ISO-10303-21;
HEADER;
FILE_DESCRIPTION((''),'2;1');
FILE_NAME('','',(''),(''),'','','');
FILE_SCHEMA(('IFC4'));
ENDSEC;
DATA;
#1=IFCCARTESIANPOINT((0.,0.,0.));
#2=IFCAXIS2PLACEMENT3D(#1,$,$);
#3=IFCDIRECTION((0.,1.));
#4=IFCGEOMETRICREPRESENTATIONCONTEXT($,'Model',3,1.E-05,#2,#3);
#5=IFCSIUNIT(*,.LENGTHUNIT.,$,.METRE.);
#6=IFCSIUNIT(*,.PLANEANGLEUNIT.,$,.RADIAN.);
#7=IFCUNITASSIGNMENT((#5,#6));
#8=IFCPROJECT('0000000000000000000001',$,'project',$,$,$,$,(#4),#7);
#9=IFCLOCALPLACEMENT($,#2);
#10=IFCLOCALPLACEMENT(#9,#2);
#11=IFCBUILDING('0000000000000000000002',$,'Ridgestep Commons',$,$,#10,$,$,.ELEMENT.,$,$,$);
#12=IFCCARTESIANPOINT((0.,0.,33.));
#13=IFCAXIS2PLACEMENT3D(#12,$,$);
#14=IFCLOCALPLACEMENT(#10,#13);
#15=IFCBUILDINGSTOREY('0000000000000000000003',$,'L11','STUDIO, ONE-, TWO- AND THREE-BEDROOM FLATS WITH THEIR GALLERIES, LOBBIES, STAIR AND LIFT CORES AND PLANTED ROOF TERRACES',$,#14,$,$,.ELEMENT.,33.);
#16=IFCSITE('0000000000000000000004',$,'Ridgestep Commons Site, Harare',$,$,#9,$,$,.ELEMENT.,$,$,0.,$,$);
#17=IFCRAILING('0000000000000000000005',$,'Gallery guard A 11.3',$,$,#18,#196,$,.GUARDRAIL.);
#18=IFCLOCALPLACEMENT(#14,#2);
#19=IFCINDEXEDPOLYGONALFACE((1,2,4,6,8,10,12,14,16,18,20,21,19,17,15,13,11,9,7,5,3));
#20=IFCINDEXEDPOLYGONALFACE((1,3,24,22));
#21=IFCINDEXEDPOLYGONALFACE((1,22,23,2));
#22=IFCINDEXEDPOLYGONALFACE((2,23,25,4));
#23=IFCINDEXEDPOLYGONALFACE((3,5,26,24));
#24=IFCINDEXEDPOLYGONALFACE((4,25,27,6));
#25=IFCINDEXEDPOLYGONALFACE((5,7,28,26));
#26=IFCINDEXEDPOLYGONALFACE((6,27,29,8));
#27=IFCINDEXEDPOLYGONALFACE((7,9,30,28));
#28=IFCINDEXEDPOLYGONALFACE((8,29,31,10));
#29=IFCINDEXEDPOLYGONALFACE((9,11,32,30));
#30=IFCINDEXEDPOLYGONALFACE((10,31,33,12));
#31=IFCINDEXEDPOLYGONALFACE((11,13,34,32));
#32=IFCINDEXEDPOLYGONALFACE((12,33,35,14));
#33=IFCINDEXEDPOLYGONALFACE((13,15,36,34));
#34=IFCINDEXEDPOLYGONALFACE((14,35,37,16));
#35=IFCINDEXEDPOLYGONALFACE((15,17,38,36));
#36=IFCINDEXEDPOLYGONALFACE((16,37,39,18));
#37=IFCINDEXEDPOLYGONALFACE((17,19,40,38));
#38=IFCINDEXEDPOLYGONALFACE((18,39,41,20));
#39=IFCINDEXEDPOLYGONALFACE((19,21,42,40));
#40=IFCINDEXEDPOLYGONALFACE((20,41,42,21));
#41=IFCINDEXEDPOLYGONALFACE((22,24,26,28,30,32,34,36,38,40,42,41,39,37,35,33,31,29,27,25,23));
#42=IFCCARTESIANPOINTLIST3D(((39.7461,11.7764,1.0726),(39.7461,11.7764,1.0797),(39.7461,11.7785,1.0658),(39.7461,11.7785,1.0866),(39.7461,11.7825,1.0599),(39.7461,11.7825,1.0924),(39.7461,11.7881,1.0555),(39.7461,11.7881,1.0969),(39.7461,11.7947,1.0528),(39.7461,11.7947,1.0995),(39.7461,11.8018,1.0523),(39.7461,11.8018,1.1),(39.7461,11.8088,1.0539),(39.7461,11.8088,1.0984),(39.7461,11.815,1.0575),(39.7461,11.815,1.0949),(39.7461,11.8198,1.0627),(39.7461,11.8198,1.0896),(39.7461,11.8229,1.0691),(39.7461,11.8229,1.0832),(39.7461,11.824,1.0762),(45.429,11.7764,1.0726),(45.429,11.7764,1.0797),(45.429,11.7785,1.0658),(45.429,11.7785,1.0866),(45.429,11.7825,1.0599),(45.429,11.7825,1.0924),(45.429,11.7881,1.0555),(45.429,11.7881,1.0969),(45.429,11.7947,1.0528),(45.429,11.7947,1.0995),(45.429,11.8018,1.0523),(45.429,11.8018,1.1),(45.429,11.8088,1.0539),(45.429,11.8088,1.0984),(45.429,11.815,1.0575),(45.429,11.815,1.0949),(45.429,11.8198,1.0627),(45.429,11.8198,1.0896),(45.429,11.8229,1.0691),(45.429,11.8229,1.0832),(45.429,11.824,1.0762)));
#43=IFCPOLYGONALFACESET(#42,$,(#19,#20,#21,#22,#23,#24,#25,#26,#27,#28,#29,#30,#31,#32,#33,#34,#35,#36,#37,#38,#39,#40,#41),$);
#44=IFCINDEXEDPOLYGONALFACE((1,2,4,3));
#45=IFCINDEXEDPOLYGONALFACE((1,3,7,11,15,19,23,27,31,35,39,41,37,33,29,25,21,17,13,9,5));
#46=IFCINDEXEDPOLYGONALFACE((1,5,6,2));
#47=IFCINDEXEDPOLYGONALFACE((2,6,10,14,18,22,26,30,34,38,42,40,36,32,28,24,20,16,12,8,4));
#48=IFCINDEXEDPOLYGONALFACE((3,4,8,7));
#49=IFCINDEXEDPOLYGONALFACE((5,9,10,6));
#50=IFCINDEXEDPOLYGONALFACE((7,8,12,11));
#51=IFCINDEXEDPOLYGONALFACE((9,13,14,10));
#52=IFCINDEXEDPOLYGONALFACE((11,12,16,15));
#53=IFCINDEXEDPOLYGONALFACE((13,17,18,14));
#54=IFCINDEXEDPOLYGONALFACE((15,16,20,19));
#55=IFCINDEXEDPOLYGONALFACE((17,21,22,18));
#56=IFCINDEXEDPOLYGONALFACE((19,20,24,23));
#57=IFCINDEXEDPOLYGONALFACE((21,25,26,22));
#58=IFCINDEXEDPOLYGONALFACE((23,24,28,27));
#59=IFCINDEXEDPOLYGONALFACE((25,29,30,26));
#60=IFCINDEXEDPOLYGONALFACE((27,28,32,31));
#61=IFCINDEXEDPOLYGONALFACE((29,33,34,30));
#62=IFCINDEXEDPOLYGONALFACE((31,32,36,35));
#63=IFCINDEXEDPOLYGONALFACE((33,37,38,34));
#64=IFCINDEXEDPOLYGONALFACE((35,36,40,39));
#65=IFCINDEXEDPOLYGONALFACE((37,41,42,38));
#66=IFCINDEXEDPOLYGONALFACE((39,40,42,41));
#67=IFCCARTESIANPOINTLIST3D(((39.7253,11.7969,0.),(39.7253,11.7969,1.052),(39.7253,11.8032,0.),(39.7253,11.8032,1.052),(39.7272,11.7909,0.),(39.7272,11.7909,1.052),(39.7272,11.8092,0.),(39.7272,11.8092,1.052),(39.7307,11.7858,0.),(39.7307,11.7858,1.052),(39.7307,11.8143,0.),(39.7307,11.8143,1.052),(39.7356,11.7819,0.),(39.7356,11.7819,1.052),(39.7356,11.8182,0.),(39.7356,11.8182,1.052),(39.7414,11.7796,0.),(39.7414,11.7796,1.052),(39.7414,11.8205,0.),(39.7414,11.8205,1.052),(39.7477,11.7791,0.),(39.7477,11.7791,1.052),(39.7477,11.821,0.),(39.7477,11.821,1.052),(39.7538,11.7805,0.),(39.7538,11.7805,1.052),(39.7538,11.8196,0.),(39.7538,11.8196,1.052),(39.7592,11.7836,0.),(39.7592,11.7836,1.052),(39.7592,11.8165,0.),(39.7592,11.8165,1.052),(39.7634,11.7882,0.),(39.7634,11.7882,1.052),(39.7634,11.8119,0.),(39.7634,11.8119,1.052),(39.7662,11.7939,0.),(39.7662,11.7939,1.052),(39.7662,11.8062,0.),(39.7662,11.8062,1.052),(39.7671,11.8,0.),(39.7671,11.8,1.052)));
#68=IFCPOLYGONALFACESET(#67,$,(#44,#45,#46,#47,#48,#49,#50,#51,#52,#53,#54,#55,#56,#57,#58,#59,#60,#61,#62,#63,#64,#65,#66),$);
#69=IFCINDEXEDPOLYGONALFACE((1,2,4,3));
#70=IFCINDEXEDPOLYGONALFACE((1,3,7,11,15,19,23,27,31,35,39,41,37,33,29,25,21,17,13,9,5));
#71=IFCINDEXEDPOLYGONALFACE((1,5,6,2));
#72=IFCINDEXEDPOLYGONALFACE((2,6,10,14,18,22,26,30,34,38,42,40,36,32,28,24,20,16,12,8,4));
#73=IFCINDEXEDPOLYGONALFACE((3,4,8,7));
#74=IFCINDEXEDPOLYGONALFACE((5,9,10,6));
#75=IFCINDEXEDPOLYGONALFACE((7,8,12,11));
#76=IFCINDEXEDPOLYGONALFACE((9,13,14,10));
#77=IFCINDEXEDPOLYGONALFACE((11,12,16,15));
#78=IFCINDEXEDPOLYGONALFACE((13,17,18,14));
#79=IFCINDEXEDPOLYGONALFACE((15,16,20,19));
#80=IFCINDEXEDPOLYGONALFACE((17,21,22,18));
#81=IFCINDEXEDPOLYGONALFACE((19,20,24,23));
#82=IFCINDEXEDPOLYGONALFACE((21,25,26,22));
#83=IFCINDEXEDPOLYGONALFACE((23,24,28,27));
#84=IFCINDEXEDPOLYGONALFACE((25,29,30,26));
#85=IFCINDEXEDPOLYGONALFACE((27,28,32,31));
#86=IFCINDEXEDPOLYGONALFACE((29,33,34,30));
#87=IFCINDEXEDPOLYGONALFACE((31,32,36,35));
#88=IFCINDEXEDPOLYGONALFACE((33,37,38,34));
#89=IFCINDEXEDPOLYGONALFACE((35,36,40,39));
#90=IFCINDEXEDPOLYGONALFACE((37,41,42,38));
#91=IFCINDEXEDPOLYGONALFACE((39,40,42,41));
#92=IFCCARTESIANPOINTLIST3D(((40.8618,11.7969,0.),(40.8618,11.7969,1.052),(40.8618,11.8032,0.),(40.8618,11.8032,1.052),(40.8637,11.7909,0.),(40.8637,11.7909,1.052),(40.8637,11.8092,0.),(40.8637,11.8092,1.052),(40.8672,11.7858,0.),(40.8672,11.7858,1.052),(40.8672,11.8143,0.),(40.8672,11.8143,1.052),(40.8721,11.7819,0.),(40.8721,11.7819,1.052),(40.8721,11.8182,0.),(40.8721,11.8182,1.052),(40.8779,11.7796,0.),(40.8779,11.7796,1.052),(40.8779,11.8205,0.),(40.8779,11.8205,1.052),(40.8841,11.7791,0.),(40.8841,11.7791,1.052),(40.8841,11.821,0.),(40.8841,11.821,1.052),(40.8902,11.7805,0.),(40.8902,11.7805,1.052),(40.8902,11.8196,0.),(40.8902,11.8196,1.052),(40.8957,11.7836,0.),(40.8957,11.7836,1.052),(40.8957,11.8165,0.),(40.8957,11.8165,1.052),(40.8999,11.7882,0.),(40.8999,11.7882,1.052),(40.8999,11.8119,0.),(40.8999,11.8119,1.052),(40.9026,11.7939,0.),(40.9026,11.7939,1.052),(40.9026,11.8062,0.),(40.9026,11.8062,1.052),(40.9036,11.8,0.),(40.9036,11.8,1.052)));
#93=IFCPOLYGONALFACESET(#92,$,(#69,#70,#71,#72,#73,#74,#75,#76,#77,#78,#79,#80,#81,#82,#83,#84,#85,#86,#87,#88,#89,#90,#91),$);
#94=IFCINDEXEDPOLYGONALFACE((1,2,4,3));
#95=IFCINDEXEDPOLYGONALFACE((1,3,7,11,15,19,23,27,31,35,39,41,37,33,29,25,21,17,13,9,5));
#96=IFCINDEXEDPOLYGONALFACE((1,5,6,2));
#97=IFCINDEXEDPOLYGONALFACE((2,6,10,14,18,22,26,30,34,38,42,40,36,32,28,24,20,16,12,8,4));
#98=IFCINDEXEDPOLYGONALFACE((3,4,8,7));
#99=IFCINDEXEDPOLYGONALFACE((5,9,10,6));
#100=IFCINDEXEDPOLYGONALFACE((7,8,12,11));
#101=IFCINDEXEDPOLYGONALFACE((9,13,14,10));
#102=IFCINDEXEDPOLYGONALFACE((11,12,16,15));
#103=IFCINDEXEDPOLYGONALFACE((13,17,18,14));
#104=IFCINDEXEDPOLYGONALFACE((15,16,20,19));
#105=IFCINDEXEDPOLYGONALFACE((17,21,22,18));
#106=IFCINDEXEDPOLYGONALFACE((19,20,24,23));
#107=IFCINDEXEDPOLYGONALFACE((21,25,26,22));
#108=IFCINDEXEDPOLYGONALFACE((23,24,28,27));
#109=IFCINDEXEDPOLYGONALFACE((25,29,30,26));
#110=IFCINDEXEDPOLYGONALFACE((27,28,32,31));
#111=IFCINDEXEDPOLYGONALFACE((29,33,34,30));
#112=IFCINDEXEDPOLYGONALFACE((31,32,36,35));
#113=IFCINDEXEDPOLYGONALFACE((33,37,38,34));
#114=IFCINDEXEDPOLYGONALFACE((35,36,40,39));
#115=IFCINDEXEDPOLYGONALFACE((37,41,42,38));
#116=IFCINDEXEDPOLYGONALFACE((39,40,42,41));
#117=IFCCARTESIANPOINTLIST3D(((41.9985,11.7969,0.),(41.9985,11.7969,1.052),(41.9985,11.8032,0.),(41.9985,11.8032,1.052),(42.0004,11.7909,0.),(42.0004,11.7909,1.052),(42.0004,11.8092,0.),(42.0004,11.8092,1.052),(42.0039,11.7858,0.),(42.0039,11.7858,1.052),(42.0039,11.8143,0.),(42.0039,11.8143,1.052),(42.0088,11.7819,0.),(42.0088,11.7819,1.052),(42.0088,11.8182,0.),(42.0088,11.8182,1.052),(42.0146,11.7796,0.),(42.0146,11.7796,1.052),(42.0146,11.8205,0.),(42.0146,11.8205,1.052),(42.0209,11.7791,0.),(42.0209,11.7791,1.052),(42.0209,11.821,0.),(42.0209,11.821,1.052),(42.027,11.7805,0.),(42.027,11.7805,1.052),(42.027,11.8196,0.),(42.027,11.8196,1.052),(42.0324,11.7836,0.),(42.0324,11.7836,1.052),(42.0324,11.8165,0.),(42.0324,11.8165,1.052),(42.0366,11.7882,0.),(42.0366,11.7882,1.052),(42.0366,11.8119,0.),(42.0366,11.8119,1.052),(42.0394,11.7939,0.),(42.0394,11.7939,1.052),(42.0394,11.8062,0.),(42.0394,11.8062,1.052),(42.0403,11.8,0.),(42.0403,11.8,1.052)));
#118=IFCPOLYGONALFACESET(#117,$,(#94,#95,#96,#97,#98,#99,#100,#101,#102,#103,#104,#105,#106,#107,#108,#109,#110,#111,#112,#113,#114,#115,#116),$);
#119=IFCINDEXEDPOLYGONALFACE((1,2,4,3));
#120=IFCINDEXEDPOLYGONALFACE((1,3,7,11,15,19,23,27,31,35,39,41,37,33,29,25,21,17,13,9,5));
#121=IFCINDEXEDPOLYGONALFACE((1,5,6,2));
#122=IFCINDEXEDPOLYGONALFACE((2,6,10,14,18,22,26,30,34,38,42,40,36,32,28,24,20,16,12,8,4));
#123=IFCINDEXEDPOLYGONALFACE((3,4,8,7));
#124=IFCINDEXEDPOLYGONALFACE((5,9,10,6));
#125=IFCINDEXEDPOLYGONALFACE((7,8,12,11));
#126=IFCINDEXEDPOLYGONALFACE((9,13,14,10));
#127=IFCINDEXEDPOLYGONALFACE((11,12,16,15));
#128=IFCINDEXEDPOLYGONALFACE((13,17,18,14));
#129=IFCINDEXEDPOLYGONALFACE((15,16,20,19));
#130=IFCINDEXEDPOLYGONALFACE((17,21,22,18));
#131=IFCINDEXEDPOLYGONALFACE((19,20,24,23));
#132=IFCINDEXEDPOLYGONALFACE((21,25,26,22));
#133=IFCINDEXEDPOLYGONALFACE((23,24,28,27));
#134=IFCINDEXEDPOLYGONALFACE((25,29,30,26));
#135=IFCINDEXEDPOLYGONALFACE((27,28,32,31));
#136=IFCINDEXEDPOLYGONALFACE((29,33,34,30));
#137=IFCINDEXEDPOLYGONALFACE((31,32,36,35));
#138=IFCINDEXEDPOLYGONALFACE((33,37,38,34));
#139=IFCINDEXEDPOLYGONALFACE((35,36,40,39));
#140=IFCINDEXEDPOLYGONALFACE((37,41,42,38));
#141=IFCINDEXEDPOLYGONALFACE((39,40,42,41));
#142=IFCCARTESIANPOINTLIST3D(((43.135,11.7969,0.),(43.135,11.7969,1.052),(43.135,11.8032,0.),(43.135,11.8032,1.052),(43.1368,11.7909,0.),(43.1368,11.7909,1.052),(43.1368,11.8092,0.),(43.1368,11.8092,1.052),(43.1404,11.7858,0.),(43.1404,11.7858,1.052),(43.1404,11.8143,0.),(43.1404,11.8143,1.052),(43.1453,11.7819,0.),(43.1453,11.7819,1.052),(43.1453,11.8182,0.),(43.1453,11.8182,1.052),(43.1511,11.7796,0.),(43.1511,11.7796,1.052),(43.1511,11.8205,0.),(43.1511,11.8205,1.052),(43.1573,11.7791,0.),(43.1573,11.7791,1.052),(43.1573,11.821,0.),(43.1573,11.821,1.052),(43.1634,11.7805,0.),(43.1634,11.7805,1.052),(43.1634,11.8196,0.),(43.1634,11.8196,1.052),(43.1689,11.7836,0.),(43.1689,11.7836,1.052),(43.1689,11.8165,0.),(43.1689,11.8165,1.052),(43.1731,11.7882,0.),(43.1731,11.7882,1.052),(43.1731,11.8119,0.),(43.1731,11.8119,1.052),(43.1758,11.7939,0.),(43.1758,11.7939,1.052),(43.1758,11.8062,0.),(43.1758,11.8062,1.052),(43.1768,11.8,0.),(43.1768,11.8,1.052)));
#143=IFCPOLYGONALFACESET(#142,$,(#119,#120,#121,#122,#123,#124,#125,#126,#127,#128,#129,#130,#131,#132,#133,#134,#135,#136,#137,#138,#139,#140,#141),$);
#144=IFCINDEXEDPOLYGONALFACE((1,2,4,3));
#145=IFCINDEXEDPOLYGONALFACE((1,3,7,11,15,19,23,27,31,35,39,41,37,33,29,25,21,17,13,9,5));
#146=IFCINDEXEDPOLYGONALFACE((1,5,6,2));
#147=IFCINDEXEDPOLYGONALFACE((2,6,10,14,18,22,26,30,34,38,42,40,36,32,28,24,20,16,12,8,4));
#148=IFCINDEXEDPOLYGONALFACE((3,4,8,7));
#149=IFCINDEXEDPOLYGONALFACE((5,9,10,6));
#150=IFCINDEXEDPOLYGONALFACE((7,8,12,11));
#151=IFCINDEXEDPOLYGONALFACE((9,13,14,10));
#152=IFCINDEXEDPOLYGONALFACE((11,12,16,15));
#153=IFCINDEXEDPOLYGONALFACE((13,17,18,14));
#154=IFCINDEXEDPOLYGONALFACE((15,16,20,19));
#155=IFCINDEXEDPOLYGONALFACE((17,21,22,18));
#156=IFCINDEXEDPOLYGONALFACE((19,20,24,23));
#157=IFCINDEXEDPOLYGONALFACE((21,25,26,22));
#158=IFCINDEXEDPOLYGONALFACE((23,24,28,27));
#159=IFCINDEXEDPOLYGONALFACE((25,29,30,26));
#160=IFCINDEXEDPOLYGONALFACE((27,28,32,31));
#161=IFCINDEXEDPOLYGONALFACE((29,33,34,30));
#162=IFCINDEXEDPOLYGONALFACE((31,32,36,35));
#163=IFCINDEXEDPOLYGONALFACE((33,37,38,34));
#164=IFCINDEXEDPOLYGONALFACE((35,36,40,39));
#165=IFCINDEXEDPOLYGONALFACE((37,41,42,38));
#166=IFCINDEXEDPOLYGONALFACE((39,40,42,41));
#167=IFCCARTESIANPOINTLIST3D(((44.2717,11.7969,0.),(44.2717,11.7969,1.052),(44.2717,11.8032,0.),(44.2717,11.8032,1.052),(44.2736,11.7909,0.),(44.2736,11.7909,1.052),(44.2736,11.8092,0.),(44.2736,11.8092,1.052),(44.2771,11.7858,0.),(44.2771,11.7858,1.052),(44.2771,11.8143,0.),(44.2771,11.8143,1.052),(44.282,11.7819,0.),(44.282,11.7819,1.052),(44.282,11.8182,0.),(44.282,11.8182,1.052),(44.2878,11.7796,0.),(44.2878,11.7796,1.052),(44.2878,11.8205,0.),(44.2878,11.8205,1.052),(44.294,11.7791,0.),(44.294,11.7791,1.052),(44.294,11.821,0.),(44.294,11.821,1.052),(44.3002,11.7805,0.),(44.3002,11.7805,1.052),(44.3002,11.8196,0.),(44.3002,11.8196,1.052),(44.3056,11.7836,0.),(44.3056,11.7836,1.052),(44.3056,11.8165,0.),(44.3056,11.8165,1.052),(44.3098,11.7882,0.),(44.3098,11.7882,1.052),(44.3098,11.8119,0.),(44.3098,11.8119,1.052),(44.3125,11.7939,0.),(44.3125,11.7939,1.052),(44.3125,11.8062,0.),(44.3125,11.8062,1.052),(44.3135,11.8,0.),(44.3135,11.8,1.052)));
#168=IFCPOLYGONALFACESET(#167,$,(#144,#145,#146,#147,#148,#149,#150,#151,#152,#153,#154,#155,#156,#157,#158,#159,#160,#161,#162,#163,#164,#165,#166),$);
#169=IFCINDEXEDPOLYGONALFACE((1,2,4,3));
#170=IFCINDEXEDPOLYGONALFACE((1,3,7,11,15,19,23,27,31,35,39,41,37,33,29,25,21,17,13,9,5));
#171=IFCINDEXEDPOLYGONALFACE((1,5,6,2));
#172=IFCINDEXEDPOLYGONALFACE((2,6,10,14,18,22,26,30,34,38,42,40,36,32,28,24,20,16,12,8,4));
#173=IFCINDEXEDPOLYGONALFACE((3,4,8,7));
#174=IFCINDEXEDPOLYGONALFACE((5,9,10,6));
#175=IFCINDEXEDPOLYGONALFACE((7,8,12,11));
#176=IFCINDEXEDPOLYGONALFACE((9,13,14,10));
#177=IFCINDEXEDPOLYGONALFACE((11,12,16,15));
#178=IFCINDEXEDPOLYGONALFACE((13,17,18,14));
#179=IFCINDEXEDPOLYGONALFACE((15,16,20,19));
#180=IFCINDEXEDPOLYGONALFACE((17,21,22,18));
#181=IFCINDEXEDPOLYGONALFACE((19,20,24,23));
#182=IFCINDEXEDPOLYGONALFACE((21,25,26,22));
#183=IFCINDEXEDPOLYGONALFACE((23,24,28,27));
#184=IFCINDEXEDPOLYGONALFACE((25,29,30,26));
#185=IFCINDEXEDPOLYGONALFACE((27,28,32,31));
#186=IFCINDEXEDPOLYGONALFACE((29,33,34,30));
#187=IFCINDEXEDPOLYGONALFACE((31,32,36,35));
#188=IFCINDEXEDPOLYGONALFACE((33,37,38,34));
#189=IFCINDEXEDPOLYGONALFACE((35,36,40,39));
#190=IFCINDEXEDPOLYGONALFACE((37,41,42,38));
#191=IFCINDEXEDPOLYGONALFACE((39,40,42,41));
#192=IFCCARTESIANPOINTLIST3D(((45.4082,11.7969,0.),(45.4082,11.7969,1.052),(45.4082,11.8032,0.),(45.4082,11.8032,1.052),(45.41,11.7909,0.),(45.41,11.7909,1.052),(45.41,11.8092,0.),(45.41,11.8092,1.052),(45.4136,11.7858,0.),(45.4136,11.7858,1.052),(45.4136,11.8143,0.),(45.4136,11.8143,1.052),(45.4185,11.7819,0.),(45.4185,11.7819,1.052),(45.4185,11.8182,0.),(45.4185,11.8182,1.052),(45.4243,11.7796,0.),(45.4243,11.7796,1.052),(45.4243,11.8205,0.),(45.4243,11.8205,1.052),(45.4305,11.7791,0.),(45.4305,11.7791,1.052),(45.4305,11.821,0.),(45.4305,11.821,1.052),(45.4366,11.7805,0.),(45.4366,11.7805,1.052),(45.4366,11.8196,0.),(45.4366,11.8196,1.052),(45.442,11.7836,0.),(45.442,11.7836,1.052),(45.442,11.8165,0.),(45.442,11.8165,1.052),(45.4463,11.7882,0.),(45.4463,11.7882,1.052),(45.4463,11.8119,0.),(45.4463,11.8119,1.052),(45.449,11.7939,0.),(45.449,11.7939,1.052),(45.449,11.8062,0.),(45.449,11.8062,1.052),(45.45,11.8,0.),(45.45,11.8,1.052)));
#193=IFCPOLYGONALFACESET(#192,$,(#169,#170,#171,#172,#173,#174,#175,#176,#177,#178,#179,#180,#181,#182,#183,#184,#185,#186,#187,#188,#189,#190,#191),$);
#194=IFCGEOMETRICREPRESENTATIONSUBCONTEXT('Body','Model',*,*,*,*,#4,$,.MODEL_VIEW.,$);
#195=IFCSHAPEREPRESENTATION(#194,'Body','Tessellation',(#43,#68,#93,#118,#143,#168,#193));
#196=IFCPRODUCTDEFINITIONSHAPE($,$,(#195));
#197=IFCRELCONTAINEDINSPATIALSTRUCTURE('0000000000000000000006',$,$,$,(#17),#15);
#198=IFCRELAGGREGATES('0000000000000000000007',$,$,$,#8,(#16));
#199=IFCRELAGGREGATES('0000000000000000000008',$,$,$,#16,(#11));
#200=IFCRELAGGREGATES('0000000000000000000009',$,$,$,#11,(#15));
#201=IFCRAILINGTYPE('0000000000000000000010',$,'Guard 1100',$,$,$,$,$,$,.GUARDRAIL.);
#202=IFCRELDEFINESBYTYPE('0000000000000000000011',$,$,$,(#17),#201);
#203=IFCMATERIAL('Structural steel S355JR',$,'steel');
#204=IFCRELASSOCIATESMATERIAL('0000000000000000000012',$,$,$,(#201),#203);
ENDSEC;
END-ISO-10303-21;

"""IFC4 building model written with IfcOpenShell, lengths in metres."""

from ifc_helpers import new_model, si_unit, direction, frame, origin, origin_2d, place, context, subcontext, project, spatial, circle, extrude, material, type_object, element, save


model = new_model("IFC4")

# Units and contexts
model_context = context("Model", 3, precision=1e-05, world=origin(), true_north=direction((0.0, 1.0)))
body_context = subcontext(model_context, "Body", "Model", "MODEL_VIEW")
ifc_project = project(units=[si_unit("LENGTHUNIT", "METRE"), si_unit("PLANEANGLEUNIT", "RADIAN")], contexts=[model_context])

# Site, building, storey
site_placement = place(None, origin())
site = spatial("IfcSite", under=ifc_project, at=site_placement, Name="Ridgestep Commons Site, Harare", CompositionType="ELEMENT", RefElevation=0.0)
building_placement = place(site_placement, origin())
building = spatial("IfcBuilding", under=site, at=building_placement, Name="Ridgestep Commons", CompositionType="ELEMENT")
storey_placement = place(building_placement, frame((0.0, 0.0, 33.0)))
storey = spatial("IfcBuildingStorey", under=building, at=storey_placement, Name="L11", Description="STUDIO, ONE-, TWO- AND THREE-BEDROOM FLATS WITH THEIR GALLERIES, LOBBIES, STAIR AND LIFT CORES AND PLANTED ROOF TERRACES", CompositionType="ELEMENT", Elevation=33.0)

# Railing
ifc_material_1 = material(Name="Structural steel S355JR", Category="steel")
railing_type = type_object("IfcRailingType", Name="Guard 1100", PredefinedType="GUARDRAIL", material=ifc_material_1)
railing_1_placement = place(storey_placement, frame((39.7461, 11.8, 0.0)))
element("IfcRailing", 1, at=railing_1_placement, inside=storey, type_object=railing_type, Name="Gallery guard A 11.3", PredefinedType="GUARDRAIL", context=body_context, shape_type="SweptSolid", body=[
    extrude(circle(Radius=0.0239, at=origin_2d()), frame((0.0, 0.0, 1.0762), z_axis=(1.0, 0.0, 0.0), x_axis=(0.0, 1.0, 0.0)), (0.0, 0.0, 1.0), 5.6829),
    extrude(circle(Radius=0.021, at=origin_2d()), origin(), (0.0, 0.0, 1.0), 1.052),
    extrude(circle(Radius=0.021, at=origin_2d()), frame((1.1365, 0.0, 0.0)), (0.0, 0.0, 1.0), 1.052),
    extrude(circle(Radius=0.021, at=origin_2d()), frame((2.2732, 0.0, 0.0)), (0.0, 0.0, 1.0), 1.052),
    extrude(circle(Radius=0.021, at=origin_2d()), frame((3.4097, 0.0, 0.0)), (0.0, 0.0, 1.0), 1.052),
    extrude(circle(Radius=0.021, at=origin_2d()), frame((4.5464, 0.0, 0.0)), (0.0, 0.0, 1.0), 1.052),
    extrude(circle(Radius=0.021, at=origin_2d()), frame((5.6829, 0.0, 0.0)), (0.0, 0.0, 1.0), 1.052),
])

save(model, "model.ifc")
